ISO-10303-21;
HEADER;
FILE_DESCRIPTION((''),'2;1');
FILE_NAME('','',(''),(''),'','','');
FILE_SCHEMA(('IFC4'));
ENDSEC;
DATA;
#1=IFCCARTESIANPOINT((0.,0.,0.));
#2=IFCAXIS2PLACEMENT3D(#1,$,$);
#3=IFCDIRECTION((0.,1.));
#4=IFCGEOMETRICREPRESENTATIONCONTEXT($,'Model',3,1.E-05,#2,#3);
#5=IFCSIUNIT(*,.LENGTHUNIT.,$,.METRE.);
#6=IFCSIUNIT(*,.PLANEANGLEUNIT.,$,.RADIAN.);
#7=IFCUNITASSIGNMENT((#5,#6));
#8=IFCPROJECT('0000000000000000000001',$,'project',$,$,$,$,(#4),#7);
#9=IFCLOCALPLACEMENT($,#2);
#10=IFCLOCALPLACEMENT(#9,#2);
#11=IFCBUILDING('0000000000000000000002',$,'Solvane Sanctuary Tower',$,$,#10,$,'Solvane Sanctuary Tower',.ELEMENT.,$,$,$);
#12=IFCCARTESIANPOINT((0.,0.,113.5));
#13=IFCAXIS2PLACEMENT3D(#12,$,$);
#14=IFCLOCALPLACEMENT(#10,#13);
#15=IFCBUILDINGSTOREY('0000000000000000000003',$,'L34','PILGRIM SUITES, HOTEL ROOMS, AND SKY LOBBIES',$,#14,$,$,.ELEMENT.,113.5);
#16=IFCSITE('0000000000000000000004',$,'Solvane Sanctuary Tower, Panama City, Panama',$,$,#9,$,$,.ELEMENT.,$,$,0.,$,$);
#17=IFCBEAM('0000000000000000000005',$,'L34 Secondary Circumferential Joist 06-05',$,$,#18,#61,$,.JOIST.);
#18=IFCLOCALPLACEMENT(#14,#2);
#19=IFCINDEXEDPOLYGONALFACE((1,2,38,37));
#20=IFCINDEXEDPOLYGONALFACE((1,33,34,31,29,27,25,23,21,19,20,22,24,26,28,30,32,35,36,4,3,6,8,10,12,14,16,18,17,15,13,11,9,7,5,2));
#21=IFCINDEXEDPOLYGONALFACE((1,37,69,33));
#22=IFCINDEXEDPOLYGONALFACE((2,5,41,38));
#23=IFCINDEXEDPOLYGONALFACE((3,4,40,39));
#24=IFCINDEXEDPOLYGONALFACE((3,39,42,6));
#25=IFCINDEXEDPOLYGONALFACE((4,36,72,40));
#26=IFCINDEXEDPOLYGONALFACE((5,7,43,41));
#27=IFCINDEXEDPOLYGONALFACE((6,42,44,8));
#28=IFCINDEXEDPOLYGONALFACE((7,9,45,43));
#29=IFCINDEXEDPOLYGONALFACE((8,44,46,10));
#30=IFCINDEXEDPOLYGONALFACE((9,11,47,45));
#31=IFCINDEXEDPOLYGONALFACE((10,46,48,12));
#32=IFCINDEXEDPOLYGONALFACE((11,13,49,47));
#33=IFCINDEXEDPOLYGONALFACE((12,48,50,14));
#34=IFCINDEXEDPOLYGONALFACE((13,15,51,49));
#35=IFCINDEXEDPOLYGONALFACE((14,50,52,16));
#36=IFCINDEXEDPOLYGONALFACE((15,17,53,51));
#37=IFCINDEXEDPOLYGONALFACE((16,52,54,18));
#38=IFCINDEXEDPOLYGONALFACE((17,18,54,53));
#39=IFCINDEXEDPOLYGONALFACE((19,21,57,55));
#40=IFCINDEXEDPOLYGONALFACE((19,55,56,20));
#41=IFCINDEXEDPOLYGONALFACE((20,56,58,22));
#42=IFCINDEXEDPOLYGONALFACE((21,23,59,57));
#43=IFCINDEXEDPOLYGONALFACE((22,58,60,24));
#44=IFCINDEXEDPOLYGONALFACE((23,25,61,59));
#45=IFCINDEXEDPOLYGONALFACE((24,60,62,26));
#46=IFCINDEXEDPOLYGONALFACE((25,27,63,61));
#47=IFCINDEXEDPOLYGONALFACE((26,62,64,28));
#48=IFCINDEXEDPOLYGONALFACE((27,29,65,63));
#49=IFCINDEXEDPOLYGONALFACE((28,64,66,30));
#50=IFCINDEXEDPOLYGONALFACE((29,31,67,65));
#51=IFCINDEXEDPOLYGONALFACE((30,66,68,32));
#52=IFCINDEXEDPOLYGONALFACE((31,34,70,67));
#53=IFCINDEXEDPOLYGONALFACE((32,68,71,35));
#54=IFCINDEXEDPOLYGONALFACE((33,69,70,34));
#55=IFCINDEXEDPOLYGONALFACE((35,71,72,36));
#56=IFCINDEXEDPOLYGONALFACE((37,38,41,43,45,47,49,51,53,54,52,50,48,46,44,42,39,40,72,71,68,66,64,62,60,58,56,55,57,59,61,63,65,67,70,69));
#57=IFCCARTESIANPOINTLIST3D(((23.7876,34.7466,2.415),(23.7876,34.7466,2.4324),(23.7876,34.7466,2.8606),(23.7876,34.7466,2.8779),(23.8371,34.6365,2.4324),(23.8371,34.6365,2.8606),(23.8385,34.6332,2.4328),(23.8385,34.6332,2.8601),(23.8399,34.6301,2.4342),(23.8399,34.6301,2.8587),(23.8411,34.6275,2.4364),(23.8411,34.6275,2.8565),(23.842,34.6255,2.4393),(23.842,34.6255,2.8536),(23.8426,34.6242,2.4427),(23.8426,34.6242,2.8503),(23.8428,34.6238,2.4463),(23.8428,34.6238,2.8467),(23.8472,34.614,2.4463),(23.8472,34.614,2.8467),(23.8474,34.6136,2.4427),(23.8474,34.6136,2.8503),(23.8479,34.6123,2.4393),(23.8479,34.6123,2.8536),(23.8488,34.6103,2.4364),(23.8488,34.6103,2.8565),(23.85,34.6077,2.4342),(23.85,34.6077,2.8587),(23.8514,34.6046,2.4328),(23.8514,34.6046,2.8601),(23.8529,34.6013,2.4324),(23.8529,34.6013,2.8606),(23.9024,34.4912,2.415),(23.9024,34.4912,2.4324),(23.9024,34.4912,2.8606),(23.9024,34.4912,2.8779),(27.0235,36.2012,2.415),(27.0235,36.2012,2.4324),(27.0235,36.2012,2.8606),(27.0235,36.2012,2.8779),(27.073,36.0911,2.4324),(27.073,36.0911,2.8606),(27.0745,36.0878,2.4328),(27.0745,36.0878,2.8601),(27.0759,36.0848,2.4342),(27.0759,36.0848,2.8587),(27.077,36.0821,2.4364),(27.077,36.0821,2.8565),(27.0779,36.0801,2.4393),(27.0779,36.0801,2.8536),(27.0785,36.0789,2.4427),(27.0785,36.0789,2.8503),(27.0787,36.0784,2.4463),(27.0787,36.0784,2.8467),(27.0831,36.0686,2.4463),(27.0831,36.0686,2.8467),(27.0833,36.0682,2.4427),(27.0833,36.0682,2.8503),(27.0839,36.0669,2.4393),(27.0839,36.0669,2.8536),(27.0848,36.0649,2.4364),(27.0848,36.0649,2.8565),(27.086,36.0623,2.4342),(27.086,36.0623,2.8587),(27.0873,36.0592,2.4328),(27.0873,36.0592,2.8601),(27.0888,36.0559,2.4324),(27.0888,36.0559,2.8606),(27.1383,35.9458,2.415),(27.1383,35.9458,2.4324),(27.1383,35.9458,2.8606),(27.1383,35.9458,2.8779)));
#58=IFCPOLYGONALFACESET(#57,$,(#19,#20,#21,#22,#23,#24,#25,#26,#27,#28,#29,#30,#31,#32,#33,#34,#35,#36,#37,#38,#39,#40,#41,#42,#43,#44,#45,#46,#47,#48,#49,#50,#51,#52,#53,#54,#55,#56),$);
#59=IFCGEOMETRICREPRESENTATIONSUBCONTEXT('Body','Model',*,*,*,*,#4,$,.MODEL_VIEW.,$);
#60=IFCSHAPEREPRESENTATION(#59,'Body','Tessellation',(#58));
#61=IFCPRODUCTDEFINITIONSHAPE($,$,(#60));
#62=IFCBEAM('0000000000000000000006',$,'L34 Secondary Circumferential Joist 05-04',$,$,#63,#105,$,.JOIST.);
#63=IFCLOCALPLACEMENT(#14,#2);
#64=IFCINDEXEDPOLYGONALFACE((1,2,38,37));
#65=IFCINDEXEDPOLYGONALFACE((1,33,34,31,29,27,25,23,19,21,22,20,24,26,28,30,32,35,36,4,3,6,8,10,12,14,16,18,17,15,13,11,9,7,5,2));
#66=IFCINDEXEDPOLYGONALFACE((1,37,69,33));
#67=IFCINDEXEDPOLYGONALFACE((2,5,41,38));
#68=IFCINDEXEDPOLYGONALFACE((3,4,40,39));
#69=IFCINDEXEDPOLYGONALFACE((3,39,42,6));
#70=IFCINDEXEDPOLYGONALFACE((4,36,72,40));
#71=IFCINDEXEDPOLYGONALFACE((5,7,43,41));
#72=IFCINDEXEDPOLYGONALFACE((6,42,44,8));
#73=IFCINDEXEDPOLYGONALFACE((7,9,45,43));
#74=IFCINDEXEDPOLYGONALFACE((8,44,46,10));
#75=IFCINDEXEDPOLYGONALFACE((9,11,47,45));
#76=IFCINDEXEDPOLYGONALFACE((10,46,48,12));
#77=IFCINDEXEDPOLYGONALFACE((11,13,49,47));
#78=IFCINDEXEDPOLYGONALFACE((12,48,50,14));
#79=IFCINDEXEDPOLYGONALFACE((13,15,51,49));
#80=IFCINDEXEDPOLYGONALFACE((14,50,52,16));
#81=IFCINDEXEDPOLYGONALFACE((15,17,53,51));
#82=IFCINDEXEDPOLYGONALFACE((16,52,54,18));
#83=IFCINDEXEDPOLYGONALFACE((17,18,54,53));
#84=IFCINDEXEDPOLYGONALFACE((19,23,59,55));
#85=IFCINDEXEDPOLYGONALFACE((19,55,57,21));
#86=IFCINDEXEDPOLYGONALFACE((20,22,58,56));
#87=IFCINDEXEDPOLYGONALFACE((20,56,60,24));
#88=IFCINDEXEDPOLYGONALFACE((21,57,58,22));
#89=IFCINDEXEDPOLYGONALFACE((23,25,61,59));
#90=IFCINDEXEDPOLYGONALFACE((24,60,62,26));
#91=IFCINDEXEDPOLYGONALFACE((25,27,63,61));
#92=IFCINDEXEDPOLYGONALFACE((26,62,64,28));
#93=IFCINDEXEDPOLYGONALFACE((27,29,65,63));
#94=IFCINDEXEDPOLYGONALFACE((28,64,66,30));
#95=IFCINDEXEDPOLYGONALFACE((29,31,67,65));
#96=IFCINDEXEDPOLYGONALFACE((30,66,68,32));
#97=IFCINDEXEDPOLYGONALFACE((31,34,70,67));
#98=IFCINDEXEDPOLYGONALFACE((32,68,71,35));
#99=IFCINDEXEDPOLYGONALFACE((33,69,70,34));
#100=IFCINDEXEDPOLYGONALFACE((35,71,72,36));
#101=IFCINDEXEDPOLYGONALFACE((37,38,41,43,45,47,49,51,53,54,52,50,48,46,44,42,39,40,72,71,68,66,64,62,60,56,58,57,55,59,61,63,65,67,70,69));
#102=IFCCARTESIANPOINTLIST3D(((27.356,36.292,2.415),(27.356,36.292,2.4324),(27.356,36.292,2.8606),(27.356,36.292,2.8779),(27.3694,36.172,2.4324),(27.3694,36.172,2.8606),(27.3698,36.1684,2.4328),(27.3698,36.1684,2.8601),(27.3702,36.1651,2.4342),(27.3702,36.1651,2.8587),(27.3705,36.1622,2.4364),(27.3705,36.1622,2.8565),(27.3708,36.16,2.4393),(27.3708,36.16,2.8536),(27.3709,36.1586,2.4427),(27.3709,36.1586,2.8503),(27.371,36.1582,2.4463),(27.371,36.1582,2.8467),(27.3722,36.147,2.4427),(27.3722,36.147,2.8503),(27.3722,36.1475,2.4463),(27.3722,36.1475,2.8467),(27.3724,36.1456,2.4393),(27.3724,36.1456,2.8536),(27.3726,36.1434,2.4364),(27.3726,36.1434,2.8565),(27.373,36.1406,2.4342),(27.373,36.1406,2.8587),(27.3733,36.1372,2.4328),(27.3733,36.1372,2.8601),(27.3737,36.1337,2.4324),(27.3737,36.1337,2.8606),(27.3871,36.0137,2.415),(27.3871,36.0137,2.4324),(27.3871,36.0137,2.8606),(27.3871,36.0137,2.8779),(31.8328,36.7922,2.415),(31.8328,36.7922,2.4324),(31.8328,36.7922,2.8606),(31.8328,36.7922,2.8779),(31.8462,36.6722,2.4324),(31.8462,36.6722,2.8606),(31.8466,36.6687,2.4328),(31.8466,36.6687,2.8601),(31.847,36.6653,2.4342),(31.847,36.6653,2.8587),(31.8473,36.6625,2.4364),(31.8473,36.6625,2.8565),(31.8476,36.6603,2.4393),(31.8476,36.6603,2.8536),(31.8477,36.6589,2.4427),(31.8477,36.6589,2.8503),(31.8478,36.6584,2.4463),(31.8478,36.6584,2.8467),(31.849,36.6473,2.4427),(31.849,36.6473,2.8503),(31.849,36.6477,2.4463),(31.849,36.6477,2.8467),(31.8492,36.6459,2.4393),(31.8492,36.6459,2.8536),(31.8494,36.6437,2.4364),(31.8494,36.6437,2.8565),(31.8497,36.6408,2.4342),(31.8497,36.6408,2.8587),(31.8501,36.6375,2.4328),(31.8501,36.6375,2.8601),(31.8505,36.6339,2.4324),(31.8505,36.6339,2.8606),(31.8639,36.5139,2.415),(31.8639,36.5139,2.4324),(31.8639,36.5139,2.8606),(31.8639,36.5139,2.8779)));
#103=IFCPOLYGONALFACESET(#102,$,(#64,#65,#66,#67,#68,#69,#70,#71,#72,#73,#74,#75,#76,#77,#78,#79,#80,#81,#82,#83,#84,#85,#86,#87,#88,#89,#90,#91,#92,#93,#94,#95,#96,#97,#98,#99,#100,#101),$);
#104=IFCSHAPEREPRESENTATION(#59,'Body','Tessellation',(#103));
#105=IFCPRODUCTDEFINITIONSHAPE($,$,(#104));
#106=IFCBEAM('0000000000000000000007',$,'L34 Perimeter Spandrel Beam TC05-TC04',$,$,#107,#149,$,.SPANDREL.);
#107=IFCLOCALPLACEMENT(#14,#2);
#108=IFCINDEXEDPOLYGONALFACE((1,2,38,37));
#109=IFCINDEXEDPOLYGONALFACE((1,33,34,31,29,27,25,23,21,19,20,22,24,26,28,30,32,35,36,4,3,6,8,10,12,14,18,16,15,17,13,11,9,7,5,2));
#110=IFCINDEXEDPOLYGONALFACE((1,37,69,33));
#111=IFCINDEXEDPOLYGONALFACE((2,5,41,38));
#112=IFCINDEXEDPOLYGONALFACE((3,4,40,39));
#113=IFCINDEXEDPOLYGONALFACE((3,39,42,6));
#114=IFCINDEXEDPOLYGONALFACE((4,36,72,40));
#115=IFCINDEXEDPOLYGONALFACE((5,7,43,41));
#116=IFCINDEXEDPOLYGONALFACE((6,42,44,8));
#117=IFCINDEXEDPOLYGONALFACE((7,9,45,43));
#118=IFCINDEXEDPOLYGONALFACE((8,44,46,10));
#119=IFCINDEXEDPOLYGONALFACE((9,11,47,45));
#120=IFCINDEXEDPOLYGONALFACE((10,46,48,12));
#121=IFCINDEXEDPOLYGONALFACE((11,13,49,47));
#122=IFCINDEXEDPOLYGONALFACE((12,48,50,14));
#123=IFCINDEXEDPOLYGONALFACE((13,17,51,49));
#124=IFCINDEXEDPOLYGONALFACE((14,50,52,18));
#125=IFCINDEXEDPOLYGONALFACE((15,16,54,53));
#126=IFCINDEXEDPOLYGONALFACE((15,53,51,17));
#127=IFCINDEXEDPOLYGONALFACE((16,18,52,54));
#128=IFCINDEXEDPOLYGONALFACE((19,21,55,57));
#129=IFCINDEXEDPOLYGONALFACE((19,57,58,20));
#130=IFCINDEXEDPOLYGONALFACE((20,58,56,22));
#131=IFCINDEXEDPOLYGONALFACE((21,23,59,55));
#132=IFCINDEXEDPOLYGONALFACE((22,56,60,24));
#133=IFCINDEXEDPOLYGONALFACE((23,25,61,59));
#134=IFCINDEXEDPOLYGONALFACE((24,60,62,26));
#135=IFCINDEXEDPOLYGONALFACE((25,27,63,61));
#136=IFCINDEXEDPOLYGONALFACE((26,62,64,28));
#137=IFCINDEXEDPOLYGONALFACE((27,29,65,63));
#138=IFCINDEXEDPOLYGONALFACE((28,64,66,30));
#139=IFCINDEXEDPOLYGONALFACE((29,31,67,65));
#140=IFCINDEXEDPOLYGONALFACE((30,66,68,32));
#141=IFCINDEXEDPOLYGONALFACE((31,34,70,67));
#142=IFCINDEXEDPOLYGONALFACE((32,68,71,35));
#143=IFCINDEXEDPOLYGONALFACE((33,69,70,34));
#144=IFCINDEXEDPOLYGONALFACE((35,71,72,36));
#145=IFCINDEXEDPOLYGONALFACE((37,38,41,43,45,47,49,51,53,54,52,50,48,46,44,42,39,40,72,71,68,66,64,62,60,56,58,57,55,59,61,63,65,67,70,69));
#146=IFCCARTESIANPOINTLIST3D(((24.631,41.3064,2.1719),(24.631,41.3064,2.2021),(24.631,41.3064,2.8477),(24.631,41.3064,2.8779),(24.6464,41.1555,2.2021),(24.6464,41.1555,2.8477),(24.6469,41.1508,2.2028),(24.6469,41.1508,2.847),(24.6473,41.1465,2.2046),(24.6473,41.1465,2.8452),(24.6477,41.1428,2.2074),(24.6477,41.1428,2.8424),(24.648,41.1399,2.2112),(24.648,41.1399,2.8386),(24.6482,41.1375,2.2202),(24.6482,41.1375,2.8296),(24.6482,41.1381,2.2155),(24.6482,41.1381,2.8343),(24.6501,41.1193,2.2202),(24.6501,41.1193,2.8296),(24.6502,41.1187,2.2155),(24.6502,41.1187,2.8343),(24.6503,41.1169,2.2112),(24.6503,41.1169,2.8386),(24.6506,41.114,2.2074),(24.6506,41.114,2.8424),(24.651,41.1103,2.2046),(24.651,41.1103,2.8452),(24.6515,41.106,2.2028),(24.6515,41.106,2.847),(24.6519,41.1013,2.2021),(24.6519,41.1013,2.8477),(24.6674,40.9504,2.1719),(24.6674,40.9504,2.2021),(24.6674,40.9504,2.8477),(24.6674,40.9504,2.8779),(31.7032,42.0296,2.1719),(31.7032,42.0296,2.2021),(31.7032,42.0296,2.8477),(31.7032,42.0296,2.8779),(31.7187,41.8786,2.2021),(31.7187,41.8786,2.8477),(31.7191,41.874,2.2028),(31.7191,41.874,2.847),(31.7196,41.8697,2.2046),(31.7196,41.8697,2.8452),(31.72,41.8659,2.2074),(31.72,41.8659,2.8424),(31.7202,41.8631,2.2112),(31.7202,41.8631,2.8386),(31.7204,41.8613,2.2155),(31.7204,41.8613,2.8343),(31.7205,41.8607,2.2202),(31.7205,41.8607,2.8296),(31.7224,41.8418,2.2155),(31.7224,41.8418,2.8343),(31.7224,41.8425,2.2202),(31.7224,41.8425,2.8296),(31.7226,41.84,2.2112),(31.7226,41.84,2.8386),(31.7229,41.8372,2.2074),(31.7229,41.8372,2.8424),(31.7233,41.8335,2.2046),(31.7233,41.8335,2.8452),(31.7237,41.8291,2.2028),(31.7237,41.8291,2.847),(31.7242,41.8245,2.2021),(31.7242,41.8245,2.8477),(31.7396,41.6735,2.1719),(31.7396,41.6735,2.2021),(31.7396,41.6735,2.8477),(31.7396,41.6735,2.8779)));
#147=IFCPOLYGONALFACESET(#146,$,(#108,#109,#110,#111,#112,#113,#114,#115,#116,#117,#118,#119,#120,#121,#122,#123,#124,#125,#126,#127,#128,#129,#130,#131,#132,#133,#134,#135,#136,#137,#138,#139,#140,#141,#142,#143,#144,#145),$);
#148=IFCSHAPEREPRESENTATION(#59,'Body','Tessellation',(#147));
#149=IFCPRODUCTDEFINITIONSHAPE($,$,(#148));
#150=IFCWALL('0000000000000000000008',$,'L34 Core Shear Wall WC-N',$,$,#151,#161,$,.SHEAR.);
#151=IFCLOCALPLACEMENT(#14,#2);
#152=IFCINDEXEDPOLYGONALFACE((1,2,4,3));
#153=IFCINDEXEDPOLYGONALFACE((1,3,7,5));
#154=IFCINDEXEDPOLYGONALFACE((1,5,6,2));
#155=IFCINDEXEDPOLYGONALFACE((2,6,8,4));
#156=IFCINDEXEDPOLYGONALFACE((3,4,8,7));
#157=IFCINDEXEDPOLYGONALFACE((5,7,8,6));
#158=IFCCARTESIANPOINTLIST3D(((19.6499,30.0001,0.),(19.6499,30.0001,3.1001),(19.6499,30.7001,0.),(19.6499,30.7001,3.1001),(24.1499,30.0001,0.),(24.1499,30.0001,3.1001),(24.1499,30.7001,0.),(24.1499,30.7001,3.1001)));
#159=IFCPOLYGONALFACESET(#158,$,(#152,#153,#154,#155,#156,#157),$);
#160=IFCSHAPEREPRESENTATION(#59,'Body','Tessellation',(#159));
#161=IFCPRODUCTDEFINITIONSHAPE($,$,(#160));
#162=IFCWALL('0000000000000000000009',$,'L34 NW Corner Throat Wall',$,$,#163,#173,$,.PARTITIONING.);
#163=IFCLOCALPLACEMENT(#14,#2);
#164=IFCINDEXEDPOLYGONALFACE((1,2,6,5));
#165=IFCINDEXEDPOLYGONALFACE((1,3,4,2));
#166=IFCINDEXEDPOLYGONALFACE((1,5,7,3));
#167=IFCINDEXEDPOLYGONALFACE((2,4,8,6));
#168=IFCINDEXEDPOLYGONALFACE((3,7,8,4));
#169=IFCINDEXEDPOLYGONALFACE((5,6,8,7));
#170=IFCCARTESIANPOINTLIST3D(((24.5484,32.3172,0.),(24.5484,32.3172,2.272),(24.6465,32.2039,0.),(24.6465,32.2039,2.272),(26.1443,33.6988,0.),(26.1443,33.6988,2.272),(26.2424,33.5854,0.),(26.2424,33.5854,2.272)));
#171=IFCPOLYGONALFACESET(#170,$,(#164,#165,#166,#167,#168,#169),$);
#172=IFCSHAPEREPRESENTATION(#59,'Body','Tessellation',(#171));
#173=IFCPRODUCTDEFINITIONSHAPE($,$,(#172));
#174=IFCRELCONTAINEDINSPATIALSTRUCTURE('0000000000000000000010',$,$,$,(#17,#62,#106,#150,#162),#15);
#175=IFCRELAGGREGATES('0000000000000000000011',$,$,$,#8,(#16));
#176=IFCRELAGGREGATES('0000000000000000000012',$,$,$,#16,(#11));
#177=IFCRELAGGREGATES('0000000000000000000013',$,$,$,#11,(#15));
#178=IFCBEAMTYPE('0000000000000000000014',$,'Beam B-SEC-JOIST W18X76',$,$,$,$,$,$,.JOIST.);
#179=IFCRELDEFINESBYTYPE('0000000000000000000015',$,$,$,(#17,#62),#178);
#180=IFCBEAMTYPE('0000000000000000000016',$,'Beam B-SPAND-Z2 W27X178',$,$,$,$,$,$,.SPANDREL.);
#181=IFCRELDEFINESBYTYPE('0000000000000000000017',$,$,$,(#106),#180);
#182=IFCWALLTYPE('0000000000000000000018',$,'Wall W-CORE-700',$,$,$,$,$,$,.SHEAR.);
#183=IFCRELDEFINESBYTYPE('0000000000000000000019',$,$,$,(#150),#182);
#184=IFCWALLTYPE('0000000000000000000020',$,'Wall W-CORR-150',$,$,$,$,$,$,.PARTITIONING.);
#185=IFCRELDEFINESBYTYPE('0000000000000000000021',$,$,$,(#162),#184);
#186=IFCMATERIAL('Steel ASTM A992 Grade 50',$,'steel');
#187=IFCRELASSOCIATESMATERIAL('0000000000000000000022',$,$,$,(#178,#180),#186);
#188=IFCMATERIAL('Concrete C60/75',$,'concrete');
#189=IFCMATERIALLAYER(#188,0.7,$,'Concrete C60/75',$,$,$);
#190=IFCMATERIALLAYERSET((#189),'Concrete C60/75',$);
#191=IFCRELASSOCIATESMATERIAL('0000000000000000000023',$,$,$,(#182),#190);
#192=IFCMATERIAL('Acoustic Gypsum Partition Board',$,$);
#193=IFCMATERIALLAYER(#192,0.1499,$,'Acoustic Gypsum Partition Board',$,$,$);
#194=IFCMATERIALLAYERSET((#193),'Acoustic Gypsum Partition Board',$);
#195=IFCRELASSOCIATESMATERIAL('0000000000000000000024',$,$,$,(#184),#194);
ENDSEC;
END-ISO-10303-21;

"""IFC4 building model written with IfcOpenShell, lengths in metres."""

from ifc_helpers import new_model, si_unit, direction, frame, frame_2d, origin, origin_2d, place, context, subcontext, project, spatial, rectangle, i_section, extrude, material, layer, layer_set, material_profile, profile_set, type_object, element, save


model = new_model("IFC4")

# Units and contexts
model_context = context("Model", 3, precision=1e-05, world=origin(), true_north=direction((0.0, 1.0)))
body_context = subcontext(model_context, "Body", "Model", "MODEL_VIEW")
ifc_project = project(units=[si_unit("LENGTHUNIT", "METRE"), si_unit("PLANEANGLEUNIT", "RADIAN")], contexts=[model_context])

# Site, building, storey
site_placement = place(None, origin())
site = spatial("IfcSite", under=ifc_project, at=site_placement, Name="Solvane Sanctuary Tower, Panama City, Panama", CompositionType="ELEMENT", RefElevation=0.0)
building_placement = place(site_placement, origin())
building = spatial("IfcBuilding", under=site, at=building_placement, Name="Solvane Sanctuary Tower", LongName="Solvane Sanctuary Tower", CompositionType="ELEMENT")
storey_placement = place(building_placement, frame((0.0, 0.0, 113.5)))
storey = spatial("IfcBuildingStorey", under=building, at=storey_placement, Name="L34", Description="PILGRIM SUITES, HOTEL ROOMS, AND SKY LOBBIES", CompositionType="ELEMENT", Elevation=113.5)

# Shared definitions
ifc_material_1 = material(Name="Concrete C60/75", Category="concrete")

# Beams
ifc_material_2 = material(Name="Steel ASTM A992 Grade 50", Category="steel")
ifc_material_profile_1 = material_profile(ifc_material_2, i_section(OverallWidth=0.28, OverallDepth=0.4629, WebThickness=0.0107, FlangeThickness=0.0173, FilletRadius=0.0139, at=origin_2d()), Name="W18X76")
ifc_profile_set_1 = profile_set([ifc_material_profile_1], Name="Steel ASTM A992 Grade 50")
beam_type_1 = type_object("IfcBeamType", Name="Beam B-SEC-JOIST W18X76", PredefinedType="JOIST", material=ifc_profile_set_1)
beam_1_placement = place(storey_placement, frame((23.845, 34.6189, 2.6465), z_axis=(0.912084, 0.410004, 0.0), x_axis=(-0.410004, 0.912084, 0.0)))
element("IfcBeam", 1, at=beam_1_placement, inside=storey, type_object=beam_type_1, Name="L34 Secondary Circumferential Joist 06-05", PredefinedType="JOIST", context=body_context, shape_type="SweptSolid", body=[
    extrude(i_section(OverallWidth=0.28, OverallDepth=0.4629, WebThickness=0.0107, FlangeThickness=0.0173, FilletRadius=0.0139, at=origin_2d()), origin(), (0.0, 0.0, 1.0), 3.5479),
])
beam_2_placement = place(storey_placement, frame((27.3716, 36.1528, 2.6465), z_axis=(0.993815, 0.11105, 0.0), x_axis=(-0.11105, 0.993815, 0.0)))
element("IfcBeam", 2, at=beam_2_placement, inside=storey, type_object=beam_type_1, Name="L34 Secondary Circumferential Joist 05-04", PredefinedType="JOIST", context=body_context, shape_type="SweptSolid", body=[
    extrude(i_section(OverallWidth=0.28, OverallDepth=0.4629, WebThickness=0.0107, FlangeThickness=0.0173, FilletRadius=0.0139, at=origin_2d()), origin(), (0.0, 0.0, 1.0), 4.5046),
])
ifc_material_profile_2 = material_profile(ifc_material_2, i_section(OverallWidth=0.3579, OverallDepth=0.7061, WebThickness=0.0183, FlangeThickness=0.0303, FilletRadius=0.0181, at=origin_2d()), Name="W27X178")
ifc_profile_set_2 = profile_set([ifc_material_profile_2], Name="Steel ASTM A992 Grade 50")
beam_type_2 = type_object("IfcBeamType", Name="Beam B-SPAND-Z2 W27X178", PredefinedType="SPANDREL", material=ifc_profile_set_2)
beam_3_placement = place(storey_placement, frame((24.6492, 41.1284, 2.5249), z_axis=(0.994813, 0.10172, 0.0), x_axis=(-0.10172, 0.994813, 0.0)))
element("IfcBeam", 3, at=beam_3_placement, inside=storey, type_object=beam_type_2, Name="L34 Perimeter Spandrel Beam TC05-TC04", PredefinedType="SPANDREL", context=body_context, shape_type="SweptSolid", body=[
    extrude(i_section(OverallWidth=0.3579, OverallDepth=0.7061, WebThickness=0.0183, FlangeThickness=0.0303, FilletRadius=0.0181, at=origin_2d()), origin(), (0.0, 0.0, 1.0), 7.1091),
])

# Walls
ifc_layer_1 = layer(ifc_material_1, 0.7, Name="Concrete C60/75")
ifc_layer_set_1 = layer_set([ifc_layer_1], Name="Concrete C60/75")
wall_type_1 = type_object("IfcWallType", Name="Wall W-CORE-700", PredefinedType="SHEAR", material=ifc_layer_set_1)
wall_1_placement = place(storey_placement, frame((19.6499, 30.3501, 0.0), z_axis=(0.0, 0.0, 1.0), x_axis=(1.0, 0.0, 0.0)))
element("IfcWall", 4, at=wall_1_placement, inside=storey, type_object=wall_type_1, Name="L34 Core Shear Wall WC-N", PredefinedType="SHEAR", context=body_context, shape_type="SweptSolid", body=[
    extrude(rectangle(XDim=4.5, YDim=0.7, at=frame_2d((2.25, 0.0))), origin(), (0.0, 0.0, 1.0), 3.1001),
])
ifc_material_3 = material(Name="Acoustic Gypsum Partition Board")
ifc_layer_2 = layer(ifc_material_3, 0.1499, Name="Acoustic Gypsum Partition Board")
ifc_layer_set_2 = layer_set([ifc_layer_2], Name="Acoustic Gypsum Partition Board")
wall_type_2 = type_object("IfcWallType", Name="Wall W-CORR-150", PredefinedType="PARTITIONING", material=ifc_layer_set_2)
wall_2_placement = place(storey_placement, frame((26.1934, 33.6421, 0.0), z_axis=(0.0, 0.0, 1.0), x_axis=(-0.756055, -0.654508, 0.0)))
element("IfcWall", 5, at=wall_2_placement, inside=storey, type_object=wall_type_2, Name="L34 NW Corner Throat Wall", PredefinedType="PARTITIONING", context=body_context, shape_type="SweptSolid", body=[
    extrude(rectangle(XDim=2.1108, YDim=0.1499, at=frame_2d((1.0554, 0.0))), origin(), (0.0, 0.0, 1.0), 2.272),
])

save(model, "model.ifc")
